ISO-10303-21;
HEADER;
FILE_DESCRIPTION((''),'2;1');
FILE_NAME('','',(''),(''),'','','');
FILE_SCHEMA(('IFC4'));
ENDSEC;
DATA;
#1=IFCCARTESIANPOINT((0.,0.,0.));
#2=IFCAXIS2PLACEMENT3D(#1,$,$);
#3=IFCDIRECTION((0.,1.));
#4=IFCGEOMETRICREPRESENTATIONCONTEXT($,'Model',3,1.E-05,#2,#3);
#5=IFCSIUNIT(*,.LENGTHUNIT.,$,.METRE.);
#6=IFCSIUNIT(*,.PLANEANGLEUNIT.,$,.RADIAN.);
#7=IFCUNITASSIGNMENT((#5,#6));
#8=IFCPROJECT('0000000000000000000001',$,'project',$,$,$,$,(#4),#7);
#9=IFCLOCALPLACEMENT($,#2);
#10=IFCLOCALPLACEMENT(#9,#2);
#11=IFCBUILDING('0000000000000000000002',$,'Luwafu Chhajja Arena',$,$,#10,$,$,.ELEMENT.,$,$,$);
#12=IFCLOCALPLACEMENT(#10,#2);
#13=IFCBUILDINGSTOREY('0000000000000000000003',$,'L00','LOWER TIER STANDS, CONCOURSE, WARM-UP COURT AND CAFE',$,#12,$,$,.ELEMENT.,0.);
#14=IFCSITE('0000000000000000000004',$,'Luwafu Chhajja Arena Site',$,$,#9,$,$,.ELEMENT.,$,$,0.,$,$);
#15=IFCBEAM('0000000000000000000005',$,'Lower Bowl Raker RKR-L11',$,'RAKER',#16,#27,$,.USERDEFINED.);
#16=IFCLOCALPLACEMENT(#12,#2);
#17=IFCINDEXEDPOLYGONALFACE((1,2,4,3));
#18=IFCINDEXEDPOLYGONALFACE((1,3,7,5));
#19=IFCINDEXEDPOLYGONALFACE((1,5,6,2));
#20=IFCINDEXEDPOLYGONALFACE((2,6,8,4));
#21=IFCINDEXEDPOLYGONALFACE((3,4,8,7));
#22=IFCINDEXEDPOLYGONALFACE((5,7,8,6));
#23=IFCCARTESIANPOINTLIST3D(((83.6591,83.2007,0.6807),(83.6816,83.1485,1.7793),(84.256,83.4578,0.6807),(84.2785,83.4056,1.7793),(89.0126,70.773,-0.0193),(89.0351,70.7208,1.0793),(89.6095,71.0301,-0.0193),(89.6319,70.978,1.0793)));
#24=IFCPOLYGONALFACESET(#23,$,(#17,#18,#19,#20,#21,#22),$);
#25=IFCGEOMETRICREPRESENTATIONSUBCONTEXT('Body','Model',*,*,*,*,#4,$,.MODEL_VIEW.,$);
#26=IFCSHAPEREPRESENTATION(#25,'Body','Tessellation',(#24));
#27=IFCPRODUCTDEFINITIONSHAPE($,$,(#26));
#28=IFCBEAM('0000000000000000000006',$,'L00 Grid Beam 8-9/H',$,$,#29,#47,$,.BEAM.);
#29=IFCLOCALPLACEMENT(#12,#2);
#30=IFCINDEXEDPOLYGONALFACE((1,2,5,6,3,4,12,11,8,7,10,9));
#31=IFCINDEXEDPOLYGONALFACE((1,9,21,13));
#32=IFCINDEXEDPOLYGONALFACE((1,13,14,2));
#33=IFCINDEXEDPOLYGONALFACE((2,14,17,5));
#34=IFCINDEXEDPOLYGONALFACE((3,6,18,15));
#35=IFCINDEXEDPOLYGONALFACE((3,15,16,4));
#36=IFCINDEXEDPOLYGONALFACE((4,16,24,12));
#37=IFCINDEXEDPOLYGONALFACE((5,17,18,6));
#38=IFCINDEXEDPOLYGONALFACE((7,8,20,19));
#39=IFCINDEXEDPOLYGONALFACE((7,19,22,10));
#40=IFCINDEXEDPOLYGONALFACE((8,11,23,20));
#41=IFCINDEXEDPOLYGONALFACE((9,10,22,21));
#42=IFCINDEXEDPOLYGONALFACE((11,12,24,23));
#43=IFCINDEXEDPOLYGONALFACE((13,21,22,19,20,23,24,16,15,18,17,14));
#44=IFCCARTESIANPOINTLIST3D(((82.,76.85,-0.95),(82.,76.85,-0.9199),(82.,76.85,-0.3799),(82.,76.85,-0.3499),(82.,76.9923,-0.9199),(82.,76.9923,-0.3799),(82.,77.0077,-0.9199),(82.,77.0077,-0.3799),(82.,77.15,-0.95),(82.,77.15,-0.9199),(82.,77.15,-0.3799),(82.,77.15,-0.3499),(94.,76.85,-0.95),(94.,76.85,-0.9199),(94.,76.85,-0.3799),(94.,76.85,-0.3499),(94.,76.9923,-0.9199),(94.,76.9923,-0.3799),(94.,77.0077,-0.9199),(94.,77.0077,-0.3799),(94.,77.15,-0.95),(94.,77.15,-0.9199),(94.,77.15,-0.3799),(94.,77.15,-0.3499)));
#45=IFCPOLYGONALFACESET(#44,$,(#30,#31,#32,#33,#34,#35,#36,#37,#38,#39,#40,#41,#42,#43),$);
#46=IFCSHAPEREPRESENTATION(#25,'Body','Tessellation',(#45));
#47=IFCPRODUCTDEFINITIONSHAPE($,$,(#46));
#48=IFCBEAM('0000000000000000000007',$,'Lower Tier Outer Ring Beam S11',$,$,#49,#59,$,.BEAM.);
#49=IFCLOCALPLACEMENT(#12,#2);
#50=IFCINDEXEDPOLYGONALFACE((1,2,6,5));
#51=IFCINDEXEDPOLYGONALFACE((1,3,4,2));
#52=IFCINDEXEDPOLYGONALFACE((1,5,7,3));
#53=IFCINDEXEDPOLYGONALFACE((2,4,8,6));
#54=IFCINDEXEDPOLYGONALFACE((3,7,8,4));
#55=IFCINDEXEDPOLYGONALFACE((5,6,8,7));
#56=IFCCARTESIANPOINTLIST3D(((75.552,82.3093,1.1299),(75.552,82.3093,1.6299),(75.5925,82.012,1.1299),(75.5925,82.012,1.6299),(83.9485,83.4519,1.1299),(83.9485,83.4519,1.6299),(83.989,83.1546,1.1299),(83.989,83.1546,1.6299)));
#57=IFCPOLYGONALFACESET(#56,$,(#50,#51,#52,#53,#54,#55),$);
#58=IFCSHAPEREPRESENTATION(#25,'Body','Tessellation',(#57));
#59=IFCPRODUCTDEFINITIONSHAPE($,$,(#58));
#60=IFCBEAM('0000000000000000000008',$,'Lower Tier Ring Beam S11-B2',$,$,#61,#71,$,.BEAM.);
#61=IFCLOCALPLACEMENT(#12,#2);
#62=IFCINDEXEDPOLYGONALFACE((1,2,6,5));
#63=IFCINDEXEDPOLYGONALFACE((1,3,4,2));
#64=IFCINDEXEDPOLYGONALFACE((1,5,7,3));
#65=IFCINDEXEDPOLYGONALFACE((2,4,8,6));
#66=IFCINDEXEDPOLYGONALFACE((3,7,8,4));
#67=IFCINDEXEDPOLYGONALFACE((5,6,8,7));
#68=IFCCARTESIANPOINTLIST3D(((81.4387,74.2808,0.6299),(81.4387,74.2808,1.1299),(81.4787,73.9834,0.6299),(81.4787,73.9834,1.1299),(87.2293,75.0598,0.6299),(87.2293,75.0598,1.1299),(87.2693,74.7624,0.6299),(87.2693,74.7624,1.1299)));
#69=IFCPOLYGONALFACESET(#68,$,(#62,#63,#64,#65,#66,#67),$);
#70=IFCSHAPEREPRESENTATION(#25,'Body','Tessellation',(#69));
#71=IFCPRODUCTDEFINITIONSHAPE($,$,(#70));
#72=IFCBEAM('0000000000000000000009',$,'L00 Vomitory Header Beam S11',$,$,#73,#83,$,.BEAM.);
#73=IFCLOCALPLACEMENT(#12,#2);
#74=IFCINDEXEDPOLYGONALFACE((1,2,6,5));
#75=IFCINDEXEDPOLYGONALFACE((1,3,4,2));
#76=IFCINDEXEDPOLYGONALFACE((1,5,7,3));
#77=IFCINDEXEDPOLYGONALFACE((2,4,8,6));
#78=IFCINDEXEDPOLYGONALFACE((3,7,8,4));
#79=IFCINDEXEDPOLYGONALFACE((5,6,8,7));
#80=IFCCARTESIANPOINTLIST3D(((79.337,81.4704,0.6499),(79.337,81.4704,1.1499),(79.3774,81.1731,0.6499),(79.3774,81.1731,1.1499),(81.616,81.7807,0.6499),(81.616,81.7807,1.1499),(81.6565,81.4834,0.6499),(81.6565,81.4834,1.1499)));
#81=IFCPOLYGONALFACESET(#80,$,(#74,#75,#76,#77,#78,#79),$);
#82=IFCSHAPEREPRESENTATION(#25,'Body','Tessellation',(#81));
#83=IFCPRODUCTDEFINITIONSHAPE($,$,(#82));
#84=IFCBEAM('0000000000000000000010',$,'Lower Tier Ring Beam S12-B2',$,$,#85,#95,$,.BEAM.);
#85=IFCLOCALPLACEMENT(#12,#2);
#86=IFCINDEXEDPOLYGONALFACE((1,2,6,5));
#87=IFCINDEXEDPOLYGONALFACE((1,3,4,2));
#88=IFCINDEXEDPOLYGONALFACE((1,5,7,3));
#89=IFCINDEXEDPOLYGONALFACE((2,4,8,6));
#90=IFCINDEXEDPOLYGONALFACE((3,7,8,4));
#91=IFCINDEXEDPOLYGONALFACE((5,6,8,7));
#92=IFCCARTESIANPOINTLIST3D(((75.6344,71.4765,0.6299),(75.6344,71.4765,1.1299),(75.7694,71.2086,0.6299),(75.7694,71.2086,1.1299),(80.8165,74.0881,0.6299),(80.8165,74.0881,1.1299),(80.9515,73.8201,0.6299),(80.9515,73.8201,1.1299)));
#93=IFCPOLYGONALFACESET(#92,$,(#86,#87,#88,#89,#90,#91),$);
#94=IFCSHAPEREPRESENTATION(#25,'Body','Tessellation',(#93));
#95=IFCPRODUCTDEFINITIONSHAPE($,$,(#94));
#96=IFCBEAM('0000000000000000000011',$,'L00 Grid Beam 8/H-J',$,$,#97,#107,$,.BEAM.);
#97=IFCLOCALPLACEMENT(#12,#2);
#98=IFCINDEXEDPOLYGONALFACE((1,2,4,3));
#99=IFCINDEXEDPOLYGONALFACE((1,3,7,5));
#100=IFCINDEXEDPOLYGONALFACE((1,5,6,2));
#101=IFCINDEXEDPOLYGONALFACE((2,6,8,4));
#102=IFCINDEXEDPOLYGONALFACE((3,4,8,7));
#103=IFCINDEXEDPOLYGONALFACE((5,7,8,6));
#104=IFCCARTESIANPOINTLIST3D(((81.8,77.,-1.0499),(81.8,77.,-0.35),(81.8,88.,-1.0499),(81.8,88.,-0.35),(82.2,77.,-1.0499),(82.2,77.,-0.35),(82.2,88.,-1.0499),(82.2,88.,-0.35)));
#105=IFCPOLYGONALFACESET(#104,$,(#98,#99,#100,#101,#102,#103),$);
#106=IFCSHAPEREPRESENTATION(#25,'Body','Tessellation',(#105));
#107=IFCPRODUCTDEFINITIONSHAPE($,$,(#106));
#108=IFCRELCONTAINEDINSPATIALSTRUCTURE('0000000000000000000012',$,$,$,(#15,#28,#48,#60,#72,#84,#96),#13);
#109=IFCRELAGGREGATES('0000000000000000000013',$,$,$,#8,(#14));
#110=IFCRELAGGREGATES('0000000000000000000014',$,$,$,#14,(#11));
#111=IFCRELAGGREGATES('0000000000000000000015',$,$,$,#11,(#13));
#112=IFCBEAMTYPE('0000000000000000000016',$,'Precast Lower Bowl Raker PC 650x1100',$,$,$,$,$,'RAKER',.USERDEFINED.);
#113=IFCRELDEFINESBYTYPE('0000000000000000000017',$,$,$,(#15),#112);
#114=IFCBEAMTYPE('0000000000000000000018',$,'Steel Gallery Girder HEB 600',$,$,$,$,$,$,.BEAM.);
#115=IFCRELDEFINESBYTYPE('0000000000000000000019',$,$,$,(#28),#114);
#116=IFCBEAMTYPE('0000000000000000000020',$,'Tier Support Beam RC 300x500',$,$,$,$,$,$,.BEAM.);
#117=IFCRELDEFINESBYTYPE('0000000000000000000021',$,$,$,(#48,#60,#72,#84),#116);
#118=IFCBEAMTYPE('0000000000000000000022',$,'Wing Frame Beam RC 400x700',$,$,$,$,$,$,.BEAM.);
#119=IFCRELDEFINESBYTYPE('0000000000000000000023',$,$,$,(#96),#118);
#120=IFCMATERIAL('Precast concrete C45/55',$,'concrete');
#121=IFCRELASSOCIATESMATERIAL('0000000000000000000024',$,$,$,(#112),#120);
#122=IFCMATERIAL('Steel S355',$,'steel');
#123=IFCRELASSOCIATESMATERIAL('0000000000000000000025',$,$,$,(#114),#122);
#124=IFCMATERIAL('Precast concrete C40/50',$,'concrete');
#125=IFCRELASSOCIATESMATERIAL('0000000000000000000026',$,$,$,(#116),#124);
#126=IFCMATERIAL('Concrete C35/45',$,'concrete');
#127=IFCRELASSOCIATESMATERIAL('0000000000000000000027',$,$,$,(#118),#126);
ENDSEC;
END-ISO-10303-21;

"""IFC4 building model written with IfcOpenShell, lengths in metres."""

from ifc_helpers import new_model, si_unit, direction, frame, origin, origin_2d, place, context, subcontext, project, spatial, rectangle, i_section, extrude, material, material_profile, profile_set, type_object, element, save


model = new_model("IFC4")

# Units and contexts
model_context = context("Model", 3, precision=1e-05, world=origin(), true_north=direction((0.0, 1.0)))
body_context = subcontext(model_context, "Body", "Model", "MODEL_VIEW")
ifc_project = project(units=[si_unit("LENGTHUNIT", "METRE"), si_unit("PLANEANGLEUNIT", "RADIAN")], contexts=[model_context])

# Site, building, storey
site_placement = place(None, origin())
site = spatial("IfcSite", under=ifc_project, at=site_placement, Name="Luwafu Chhajja Arena Site", CompositionType="ELEMENT", RefElevation=0.0)
building_placement = place(site_placement, origin())
building = spatial("IfcBuilding", under=site, at=building_placement, Name="Luwafu Chhajja Arena", CompositionType="ELEMENT")
storey_placement = place(building_placement, origin())
storey = spatial("IfcBuildingStorey", under=building, at=storey_placement, Name="L00", Description="LOWER TIER STANDS, CONCOURSE, WARM-UP COURT AND CAFE", CompositionType="ELEMENT", Elevation=0.0)

# Shared definitions
ifc_material_1 = material(Name="Concrete C35/45", Category="concrete")

# Beams
ifc_material_2 = material(Name="Precast concrete C40/50", Category="concrete")
ifc_material_3 = material(Name="Steel S355", Category="steel")
ifc_material_4 = material(Name="Precast concrete C45/55", Category="concrete")
ifc_material_profile_1 = material_profile(ifc_material_4, rectangle(XDim=0.6499, YDim=1.1001, at=origin_2d()), Name="PC 650x1100")
ifc_profile_set_1 = profile_set([ifc_material_profile_1], Name="Precast concrete C45/55")
beam_type_1 = type_object("IfcBeamType", Name="Precast Lower Bowl Raker PC 650x1100", ElementType="RAKER", PredefinedType="USERDEFINED", material=ifc_profile_set_1)
beam_1_placement = place(storey_placement, frame((89.3223, 70.8755, 0.53), z_axis=(-0.395098, 0.917186, 0.051657), x_axis=(-0.918412, -0.395626, 0.0)))
element("IfcBeam", 1, at=beam_1_placement, inside=storey, type_object=beam_type_1, Name="Lower Bowl Raker RKR-L11", ObjectType="RAKER", PredefinedType="USERDEFINED", context=body_context, shape_type="SweptSolid", body=[
    extrude(rectangle(XDim=0.6499, YDim=1.1001, at=origin_2d()), origin(), (0.0, 0.0, 1.0), 13.5498),
])
ifc_material_profile_2 = material_profile(ifc_material_3, i_section(OverallWidth=0.3, OverallDepth=0.6001, WebThickness=0.0154, FlangeThickness=0.03, at=origin_2d()), Name="HEB 600")
ifc_profile_set_2 = profile_set([ifc_material_profile_2], Name="Steel S355")
beam_type_2 = type_object("IfcBeamType", Name="Steel Gallery Girder HEB 600", PredefinedType="BEAM", material=ifc_profile_set_2)
beam_2_placement = place(storey_placement, frame((82.0, 77.0, -0.6499), z_axis=(1.0, 0.0, 0.0), x_axis=(0.0, 1.0, 0.0)))
element("IfcBeam", 2, at=beam_2_placement, inside=storey, type_object=beam_type_2, Name="L00 Grid Beam 8-9/H", PredefinedType="BEAM", context=body_context, shape_type="SweptSolid", body=[
    extrude(i_section(OverallWidth=0.3, OverallDepth=0.6001, WebThickness=0.0154, FlangeThickness=0.03, at=origin_2d()), origin(), (0.0, 0.0, 1.0), 12.0),
])
ifc_material_profile_3 = material_profile(ifc_material_2, rectangle(XDim=0.3, YDim=0.5, at=origin_2d()), Name="RC 300x500")
ifc_profile_set_3 = profile_set([ifc_material_profile_3], Name="Precast concrete C40/50")
beam_type_3 = type_object("IfcBeamType", Name="Tier Support Beam RC 300x500", PredefinedType="BEAM", material=ifc_profile_set_3)
beam_3_placement = place(storey_placement, frame((83.9688, 83.3032, 1.3799), z_axis=(-0.990868, -0.134835, 0.0), x_axis=(0.134835, -0.990868, 0.0)))
element("IfcBeam", 3, at=beam_3_placement, inside=storey, type_object=beam_type_3, Name="Lower Tier Outer Ring Beam S11", PredefinedType="BEAM", context=body_context, shape_type="SweptSolid", body=[
    extrude(rectangle(XDim=0.3, YDim=0.5, at=origin_2d()), origin(), (0.0, 0.0, 1.0), 8.4739),
])
beam_4_placement = place(storey_placement, frame((87.2493, 74.9111, 0.8799), z_axis=(-0.991071, -0.133338, 0.0), x_axis=(0.133338, -0.991071, 0.0)))
element("IfcBeam", 4, at=beam_4_placement, inside=storey, type_object=beam_type_3, Name="Lower Tier Ring Beam S11-B2", PredefinedType="BEAM", context=body_context, shape_type="SweptSolid", body=[
    extrude(rectangle(XDim=0.3, YDim=0.5, at=origin_2d()), origin(), (0.0, 0.0, 1.0), 5.8428),
])
beam_5_placement = place(storey_placement, frame((81.6362, 81.6321, 0.8999), z_axis=(-0.990858, -0.13491, 0.0), x_axis=(0.13491, -0.990858, 0.0)))
element("IfcBeam", 5, at=beam_5_placement, inside=storey, type_object=beam_type_3, Name="L00 Vomitory Header Beam S11", PredefinedType="BEAM", context=body_context, shape_type="SweptSolid", body=[
    extrude(rectangle(XDim=0.3, YDim=0.5, at=origin_2d()), origin(), (0.0, 0.0, 1.0), 2.3),
])
beam_6_placement = place(storey_placement, frame((80.884, 73.9541, 0.8799), z_axis=(-0.893009, -0.450039, 0.0), x_axis=(0.450039, -0.893009, 0.0)))
element("IfcBeam", 6, at=beam_6_placement, inside=storey, type_object=beam_type_3, Name="Lower Tier Ring Beam S12-B2", PredefinedType="BEAM", context=body_context, shape_type="SweptSolid", body=[
    extrude(rectangle(XDim=0.3, YDim=0.5, at=origin_2d()), origin(), (0.0, 0.0, 1.0), 5.803),
])
ifc_material_profile_4 = material_profile(ifc_material_1, rectangle(XDim=0.3999, YDim=0.7, at=origin_2d()), Name="RC 400x700")
ifc_profile_set_4 = profile_set([ifc_material_profile_4], Name="Concrete C35/45")
beam_type_4 = type_object("IfcBeamType", Name="Wing Frame Beam RC 400x700", PredefinedType="BEAM", material=ifc_profile_set_4)
beam_7_placement = place(storey_placement, frame((82.0, 77.0, -0.7), z_axis=(0.0, 1.0, 0.0), x_axis=(-1.0, 0.0, 0.0)))
element("IfcBeam", 7, at=beam_7_placement, inside=storey, type_object=beam_type_4, Name="L00 Grid Beam 8/H-J", PredefinedType="BEAM", context=body_context, shape_type="SweptSolid", body=[
    extrude(rectangle(XDim=0.3999, YDim=0.7, at=origin_2d()), origin(), (0.0, 0.0, 1.0), 11.0),
])

save(model, "model.ifc")
